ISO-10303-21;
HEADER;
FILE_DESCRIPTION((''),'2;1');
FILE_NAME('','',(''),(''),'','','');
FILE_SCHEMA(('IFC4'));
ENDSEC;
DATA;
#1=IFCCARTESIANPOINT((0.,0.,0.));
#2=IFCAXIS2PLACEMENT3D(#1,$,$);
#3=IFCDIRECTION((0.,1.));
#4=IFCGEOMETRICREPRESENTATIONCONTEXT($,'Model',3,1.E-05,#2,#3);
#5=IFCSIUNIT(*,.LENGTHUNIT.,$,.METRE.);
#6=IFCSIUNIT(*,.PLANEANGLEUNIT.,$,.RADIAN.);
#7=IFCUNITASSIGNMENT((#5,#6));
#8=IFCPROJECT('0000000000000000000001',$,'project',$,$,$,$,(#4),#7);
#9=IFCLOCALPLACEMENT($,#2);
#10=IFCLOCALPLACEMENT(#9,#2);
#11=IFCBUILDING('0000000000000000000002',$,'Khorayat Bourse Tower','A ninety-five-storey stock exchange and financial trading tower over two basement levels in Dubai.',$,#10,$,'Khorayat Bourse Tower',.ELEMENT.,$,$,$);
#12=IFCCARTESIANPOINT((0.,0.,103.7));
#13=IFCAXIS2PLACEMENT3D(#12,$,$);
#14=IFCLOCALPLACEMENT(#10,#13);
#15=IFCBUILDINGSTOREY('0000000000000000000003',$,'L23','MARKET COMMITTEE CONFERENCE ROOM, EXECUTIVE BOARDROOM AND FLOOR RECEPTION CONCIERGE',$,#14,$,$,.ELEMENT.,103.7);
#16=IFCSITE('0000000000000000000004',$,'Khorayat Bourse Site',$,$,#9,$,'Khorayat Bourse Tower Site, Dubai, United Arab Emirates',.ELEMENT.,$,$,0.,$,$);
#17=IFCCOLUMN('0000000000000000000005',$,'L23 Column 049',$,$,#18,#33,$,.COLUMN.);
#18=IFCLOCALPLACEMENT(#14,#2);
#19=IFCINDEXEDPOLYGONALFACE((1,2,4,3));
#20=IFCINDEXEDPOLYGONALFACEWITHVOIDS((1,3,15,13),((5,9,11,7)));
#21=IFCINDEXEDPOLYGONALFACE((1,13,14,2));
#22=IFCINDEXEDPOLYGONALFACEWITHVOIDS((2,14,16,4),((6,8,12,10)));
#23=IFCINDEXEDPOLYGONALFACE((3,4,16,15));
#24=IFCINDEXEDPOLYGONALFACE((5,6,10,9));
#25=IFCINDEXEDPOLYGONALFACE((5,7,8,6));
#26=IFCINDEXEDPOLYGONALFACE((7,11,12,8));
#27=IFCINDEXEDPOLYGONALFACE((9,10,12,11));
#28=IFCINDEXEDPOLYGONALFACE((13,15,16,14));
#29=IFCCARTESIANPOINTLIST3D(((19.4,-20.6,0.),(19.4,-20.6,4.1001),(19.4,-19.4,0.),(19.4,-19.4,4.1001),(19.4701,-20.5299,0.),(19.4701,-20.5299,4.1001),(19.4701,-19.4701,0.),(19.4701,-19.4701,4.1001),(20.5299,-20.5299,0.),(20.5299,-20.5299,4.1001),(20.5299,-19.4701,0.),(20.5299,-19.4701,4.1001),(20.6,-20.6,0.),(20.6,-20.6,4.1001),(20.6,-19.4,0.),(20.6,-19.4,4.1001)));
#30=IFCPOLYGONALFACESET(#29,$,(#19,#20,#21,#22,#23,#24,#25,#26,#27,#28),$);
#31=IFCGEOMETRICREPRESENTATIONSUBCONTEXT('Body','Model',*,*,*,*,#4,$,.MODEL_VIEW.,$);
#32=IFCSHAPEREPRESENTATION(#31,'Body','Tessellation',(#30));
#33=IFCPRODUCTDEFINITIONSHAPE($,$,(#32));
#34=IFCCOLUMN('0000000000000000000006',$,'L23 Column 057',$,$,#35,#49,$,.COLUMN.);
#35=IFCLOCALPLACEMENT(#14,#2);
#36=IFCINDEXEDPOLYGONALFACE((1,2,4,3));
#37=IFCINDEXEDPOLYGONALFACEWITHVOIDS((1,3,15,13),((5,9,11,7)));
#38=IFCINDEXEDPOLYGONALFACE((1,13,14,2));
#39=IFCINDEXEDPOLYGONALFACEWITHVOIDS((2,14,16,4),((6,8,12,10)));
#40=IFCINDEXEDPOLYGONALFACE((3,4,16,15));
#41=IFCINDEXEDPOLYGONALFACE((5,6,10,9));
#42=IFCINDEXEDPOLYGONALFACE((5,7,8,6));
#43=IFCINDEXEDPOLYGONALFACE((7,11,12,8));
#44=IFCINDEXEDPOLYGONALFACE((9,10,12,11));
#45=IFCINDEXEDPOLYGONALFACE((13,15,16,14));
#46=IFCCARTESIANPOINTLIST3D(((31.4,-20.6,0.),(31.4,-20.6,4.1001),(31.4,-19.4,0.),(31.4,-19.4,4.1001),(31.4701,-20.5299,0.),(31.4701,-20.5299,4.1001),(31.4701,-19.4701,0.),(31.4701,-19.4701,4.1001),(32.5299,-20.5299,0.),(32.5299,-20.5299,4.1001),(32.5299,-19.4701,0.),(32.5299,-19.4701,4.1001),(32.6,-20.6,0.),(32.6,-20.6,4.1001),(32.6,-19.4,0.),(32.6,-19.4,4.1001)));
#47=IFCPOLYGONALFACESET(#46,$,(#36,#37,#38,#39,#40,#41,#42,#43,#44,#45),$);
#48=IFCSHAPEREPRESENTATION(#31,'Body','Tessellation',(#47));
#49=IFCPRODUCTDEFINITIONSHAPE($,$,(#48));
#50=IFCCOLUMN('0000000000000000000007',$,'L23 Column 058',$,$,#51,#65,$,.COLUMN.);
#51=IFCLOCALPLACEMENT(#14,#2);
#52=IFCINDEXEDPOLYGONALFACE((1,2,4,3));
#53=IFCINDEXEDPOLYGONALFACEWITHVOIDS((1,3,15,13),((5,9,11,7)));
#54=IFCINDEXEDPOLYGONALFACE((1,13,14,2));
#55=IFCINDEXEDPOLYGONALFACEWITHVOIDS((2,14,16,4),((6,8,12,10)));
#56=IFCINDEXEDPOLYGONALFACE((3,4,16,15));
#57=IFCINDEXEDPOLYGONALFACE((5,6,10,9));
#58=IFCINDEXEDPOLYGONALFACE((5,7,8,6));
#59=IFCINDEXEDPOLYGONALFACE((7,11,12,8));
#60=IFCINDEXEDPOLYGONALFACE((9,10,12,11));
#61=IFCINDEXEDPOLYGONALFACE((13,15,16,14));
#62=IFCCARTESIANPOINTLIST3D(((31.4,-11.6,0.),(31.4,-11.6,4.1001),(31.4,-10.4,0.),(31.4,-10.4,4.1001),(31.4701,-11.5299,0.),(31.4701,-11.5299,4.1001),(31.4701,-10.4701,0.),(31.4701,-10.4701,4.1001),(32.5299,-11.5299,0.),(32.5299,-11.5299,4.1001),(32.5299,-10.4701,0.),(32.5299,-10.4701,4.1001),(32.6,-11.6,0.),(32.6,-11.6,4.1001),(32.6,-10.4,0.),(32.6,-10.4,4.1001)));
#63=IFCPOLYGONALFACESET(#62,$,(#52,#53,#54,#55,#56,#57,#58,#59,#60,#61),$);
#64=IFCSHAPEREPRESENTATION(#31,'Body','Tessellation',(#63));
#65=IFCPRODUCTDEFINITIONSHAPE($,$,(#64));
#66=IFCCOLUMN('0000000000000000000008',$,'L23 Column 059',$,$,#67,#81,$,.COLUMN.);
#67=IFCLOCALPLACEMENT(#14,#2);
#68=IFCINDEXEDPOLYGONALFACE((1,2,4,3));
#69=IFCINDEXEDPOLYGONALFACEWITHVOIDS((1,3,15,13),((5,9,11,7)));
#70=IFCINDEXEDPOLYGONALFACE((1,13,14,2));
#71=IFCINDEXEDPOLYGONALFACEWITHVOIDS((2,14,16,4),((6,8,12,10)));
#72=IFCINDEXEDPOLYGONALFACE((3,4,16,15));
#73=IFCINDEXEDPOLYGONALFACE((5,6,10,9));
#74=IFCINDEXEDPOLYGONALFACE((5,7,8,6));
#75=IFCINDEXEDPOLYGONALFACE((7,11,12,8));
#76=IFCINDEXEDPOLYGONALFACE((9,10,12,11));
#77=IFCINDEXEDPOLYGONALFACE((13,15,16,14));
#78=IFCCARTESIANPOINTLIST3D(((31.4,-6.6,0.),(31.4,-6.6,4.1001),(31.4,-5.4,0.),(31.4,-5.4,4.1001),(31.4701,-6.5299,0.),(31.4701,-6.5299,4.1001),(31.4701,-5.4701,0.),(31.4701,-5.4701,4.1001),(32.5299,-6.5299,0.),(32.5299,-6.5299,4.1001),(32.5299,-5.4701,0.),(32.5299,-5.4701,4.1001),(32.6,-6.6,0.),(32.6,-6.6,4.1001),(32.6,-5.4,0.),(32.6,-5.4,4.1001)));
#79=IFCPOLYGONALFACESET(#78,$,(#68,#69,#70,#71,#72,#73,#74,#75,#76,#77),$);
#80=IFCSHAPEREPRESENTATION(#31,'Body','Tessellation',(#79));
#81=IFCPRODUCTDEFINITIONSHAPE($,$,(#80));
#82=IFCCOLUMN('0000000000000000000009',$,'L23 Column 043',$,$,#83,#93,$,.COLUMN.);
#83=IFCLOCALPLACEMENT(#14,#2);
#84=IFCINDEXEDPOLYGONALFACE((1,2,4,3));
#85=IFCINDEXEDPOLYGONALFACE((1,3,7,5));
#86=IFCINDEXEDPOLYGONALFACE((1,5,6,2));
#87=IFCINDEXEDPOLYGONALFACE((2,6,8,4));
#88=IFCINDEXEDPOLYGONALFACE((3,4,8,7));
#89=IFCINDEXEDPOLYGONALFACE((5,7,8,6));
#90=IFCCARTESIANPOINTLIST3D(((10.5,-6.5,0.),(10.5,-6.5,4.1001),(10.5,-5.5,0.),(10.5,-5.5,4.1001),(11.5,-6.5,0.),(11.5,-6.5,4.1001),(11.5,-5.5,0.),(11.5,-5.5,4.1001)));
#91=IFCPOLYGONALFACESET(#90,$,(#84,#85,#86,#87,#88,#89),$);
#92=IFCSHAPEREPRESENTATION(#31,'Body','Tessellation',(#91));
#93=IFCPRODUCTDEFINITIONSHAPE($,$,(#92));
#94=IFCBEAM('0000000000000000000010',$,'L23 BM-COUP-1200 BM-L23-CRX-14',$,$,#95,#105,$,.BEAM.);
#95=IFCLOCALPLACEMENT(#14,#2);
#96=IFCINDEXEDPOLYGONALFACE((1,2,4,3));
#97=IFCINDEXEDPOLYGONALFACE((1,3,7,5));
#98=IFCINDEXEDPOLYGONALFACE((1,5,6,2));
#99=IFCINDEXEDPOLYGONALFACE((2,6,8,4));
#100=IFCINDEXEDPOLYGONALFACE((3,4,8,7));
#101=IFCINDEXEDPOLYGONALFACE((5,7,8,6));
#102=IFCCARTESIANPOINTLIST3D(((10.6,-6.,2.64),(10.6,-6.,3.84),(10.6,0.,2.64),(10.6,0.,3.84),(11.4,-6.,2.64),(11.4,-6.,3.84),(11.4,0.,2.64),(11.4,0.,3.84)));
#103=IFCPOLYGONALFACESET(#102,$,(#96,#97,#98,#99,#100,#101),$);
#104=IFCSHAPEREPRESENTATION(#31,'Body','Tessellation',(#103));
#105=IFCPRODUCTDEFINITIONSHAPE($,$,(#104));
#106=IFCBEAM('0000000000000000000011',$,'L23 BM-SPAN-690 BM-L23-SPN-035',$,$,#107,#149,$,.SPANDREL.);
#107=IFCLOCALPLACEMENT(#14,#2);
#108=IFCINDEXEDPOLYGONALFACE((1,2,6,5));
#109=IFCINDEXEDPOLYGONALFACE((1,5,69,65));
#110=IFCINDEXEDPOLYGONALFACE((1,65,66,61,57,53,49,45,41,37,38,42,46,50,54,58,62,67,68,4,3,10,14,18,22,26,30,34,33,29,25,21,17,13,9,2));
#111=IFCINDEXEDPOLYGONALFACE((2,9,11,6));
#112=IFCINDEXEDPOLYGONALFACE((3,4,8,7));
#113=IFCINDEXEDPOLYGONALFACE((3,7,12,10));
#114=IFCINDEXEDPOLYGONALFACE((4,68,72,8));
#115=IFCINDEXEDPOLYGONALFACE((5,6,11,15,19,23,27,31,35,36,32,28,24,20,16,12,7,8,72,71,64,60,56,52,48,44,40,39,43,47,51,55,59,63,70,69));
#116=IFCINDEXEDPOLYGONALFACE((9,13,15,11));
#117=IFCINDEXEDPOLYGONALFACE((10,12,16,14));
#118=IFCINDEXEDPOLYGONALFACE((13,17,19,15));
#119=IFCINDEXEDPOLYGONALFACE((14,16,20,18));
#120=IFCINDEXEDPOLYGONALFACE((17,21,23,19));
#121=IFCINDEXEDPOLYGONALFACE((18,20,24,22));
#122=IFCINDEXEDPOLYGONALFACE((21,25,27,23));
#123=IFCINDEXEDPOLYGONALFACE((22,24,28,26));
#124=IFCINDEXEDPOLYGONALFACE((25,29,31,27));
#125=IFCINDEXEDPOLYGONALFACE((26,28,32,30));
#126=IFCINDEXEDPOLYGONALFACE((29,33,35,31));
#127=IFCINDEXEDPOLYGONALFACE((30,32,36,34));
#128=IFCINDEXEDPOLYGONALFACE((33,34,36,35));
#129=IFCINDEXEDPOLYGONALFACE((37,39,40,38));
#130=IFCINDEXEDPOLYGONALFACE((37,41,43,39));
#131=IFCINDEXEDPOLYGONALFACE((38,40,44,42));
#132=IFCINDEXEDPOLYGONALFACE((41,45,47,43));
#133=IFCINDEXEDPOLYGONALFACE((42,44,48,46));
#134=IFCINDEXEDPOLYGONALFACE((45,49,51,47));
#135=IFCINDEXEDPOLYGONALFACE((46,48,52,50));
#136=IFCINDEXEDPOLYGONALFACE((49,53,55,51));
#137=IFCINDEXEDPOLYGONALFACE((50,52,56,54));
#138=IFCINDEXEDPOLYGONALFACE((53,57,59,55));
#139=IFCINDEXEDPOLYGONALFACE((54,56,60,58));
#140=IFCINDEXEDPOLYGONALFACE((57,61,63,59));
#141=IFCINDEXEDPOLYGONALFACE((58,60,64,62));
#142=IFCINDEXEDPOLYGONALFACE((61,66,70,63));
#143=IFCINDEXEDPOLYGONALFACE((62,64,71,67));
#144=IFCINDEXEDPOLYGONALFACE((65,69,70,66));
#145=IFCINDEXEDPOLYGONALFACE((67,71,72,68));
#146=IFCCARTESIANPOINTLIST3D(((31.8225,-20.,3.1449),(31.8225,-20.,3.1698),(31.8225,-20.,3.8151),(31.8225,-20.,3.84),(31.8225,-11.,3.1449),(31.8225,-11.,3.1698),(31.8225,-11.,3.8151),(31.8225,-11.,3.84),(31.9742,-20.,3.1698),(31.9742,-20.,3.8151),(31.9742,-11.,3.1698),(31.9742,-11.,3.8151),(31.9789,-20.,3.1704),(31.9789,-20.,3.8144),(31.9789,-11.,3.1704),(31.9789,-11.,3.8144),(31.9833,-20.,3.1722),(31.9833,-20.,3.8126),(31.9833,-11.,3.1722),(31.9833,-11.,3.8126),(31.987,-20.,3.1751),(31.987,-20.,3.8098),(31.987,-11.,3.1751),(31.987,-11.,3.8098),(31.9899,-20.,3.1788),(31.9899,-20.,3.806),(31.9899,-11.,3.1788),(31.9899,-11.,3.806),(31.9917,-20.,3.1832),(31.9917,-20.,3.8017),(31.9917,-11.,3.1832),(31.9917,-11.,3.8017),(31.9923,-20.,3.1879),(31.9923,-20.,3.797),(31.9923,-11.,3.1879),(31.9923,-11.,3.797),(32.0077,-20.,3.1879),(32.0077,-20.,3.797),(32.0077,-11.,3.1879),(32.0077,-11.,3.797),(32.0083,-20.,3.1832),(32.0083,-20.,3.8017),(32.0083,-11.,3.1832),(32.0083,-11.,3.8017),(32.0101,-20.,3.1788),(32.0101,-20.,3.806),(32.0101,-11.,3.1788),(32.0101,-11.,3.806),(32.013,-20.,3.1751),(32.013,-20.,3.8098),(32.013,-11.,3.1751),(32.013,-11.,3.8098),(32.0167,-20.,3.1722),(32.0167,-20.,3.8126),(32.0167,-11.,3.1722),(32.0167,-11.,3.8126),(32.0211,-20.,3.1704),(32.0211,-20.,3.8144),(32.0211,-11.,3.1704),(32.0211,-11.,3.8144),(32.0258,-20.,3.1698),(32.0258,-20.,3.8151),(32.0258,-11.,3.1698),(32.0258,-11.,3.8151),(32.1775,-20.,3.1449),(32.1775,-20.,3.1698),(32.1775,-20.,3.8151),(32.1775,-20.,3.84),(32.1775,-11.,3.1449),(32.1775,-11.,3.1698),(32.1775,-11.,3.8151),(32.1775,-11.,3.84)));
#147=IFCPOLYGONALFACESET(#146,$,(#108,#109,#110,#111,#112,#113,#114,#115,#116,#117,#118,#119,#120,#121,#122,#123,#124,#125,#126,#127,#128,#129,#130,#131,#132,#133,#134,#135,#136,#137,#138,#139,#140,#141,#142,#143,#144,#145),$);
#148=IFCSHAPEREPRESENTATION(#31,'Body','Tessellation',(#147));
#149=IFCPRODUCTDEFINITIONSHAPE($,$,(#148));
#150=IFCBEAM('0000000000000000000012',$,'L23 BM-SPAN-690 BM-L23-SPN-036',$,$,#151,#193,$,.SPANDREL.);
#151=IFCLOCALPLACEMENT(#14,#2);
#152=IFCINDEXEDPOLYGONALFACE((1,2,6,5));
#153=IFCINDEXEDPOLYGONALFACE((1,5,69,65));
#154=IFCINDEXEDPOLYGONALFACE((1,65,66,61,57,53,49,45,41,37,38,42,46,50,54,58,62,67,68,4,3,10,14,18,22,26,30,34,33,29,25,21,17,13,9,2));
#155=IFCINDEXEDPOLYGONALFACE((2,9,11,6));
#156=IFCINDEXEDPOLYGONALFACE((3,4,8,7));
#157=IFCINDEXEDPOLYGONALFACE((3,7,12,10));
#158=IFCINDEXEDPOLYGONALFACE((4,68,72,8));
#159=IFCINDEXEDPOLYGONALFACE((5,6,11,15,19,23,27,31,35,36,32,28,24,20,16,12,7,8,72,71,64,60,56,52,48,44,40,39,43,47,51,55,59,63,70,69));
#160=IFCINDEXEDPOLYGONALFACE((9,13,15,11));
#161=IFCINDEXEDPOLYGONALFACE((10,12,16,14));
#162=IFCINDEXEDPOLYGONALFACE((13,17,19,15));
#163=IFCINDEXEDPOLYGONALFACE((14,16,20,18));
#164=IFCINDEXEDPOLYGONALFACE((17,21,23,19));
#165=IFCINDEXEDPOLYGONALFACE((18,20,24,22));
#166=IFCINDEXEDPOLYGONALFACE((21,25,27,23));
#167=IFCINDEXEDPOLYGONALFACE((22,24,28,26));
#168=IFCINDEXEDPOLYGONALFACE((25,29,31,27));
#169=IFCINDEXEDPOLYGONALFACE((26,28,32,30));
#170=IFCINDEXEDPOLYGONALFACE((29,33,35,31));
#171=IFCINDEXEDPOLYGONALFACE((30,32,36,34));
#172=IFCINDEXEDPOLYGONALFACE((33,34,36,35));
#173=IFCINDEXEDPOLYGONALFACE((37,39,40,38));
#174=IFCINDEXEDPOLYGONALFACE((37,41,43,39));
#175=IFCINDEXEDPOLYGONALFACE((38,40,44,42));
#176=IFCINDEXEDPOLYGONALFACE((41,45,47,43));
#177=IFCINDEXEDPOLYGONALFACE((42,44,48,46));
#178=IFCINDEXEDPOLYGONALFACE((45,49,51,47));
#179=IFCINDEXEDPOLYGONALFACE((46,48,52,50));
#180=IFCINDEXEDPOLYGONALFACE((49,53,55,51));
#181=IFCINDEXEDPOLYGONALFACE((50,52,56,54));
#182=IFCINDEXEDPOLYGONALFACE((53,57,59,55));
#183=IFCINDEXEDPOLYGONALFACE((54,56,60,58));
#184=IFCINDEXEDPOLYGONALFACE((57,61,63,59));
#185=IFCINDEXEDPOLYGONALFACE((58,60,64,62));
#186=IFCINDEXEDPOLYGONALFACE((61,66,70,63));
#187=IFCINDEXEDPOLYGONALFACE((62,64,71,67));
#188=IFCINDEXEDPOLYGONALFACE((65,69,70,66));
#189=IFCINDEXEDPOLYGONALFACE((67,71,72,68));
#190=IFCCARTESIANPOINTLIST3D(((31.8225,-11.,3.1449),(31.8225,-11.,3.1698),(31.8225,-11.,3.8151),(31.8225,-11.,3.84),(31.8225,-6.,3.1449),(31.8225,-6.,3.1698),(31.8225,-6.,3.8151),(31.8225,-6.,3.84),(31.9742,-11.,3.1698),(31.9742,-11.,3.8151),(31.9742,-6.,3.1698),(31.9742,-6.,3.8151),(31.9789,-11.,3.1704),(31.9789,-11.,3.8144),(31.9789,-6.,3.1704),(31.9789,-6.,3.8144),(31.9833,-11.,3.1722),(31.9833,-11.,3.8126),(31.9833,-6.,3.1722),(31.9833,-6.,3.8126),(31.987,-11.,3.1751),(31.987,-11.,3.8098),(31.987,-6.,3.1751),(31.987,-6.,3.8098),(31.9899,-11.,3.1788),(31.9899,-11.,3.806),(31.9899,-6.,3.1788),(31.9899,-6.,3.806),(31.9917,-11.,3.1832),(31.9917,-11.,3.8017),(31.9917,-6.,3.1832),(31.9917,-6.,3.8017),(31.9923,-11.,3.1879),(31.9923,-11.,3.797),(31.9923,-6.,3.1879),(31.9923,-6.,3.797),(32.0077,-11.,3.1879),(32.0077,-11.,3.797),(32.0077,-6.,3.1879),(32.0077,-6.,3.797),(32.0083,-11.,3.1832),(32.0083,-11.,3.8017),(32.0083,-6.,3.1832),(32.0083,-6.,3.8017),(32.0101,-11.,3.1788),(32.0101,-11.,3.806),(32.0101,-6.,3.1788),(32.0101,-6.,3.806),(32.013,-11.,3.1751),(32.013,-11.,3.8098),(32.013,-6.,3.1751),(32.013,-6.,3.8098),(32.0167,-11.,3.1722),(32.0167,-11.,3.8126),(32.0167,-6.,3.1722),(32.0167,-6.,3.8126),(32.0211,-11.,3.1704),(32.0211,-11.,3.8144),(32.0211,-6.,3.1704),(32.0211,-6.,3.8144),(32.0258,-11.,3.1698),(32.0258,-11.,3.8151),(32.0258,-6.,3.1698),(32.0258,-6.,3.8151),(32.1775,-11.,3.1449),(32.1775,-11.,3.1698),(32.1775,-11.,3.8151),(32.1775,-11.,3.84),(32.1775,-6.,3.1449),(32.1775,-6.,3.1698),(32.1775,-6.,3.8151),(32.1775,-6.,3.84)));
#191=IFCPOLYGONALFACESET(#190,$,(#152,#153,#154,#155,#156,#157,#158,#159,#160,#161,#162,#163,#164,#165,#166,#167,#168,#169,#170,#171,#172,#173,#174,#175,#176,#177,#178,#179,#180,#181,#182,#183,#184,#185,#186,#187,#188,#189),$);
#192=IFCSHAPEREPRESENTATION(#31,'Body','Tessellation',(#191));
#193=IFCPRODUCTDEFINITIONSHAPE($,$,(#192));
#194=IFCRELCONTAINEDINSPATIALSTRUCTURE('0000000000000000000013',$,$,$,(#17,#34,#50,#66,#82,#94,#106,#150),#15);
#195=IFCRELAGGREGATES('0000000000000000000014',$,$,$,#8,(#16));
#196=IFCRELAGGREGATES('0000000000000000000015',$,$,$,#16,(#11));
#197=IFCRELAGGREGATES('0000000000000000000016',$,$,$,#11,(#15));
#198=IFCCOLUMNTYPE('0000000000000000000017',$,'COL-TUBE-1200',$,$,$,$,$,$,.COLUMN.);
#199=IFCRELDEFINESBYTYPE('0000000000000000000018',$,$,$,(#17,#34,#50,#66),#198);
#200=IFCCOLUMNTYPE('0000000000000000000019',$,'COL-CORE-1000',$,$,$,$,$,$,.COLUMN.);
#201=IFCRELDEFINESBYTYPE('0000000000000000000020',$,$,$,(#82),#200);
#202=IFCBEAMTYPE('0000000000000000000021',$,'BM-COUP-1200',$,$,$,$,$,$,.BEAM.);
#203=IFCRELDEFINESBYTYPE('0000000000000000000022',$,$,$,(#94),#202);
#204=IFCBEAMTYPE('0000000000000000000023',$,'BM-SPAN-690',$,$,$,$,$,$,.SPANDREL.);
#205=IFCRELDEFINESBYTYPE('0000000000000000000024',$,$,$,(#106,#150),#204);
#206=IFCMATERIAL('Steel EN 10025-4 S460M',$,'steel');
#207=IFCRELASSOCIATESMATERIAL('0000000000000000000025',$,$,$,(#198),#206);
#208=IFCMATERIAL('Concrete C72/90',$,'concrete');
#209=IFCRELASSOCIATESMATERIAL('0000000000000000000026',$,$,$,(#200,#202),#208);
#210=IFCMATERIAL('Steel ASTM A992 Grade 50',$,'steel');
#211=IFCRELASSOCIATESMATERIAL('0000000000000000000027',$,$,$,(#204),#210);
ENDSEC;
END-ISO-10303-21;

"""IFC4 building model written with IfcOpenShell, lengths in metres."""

from ifc_helpers import new_model, si_unit, direction, frame, origin, origin_2d, place, context, subcontext, project, spatial, rectangle, hollow_rectangle, i_section, extrude, source, transform, mapped, material, material_profile, profile_set, type_object, element, save


model = new_model("IFC4")

# Units and contexts
model_context = context("Model", 3, precision=1e-05, world=origin(), true_north=direction((0.0, 1.0)))
body_context = subcontext(model_context, "Body", "Model", "MODEL_VIEW")
ifc_project = project(units=[si_unit("LENGTHUNIT", "METRE"), si_unit("PLANEANGLEUNIT", "RADIAN")], contexts=[model_context])

# Site, building, storey
site_placement = place(None, origin())
site = spatial("IfcSite", under=ifc_project, at=site_placement, Name="Khorayat Bourse Site", LongName="Khorayat Bourse Tower Site, Dubai, United Arab Emirates", CompositionType="ELEMENT", RefElevation=0.0)
building_placement = place(site_placement, origin())
building = spatial("IfcBuilding", under=site, at=building_placement, Name="Khorayat Bourse Tower", Description="A ninety-five-storey stock exchange and financial trading tower over two basement levels in Dubai.", LongName="Khorayat Bourse Tower", CompositionType="ELEMENT")
storey_placement = place(building_placement, frame((0.0, 0.0, 103.7)))
storey = spatial("IfcBuildingStorey", under=building, at=storey_placement, Name="L23", Description="MARKET COMMITTEE CONFERENCE ROOM, EXECUTIVE BOARDROOM AND FLOOR RECEPTION CONCIERGE", CompositionType="ELEMENT", Elevation=103.7)

# Columns
ifc_material_1 = material(Name="Steel EN 10025-4 S460M", Category="steel")
ifc_material_profile_1 = material_profile(ifc_material_1, hollow_rectangle(XDim=1.2, YDim=1.2, WallThickness=0.0701, at=origin_2d()), Name="BOX 1200x1200x70")
ifc_profile_set_1 = profile_set([ifc_material_profile_1], Name="Steel EN 10025-4 S460M")
column_type_1 = type_object("IfcColumnType", Name="COL-TUBE-1200", PredefinedType="COLUMN", material=ifc_profile_set_1)
shared_shape_1 = source(origin(), body_context, "Body", "SweptSolid", [
    extrude(hollow_rectangle(XDim=1.2, YDim=1.2, WallThickness=0.0701, at=origin_2d()), origin(), (0.0, 0.0, 1.0), 4.1001),
])
for number, where, z_axis, x_axis, name in (
    (1, (20.0, -20.0, 0.0), (0.0, 0.0, 1.0), (1.0, 0.0, 0.0), "L23 Column 049"),
    (2, (32.0, -20.0, 0.0), (0.0, 0.0, 1.0), (1.0, 0.0, 0.0), "L23 Column 057"),
    (3, (32.0, -11.0, 0.0), (0.0, 0.0, 1.0), (1.0, 0.0, 0.0), "L23 Column 058"),
    (4, (32.0, -6.0, 0.0), (0.0, 0.0, 1.0), (1.0, 0.0, 0.0), "L23 Column 059"),
):
    element("IfcColumn", number, at=place(storey_placement, frame(where, z_axis=z_axis, x_axis=x_axis)), inside=storey, type_object=column_type_1, Name=name, PredefinedType="COLUMN", context=body_context, shape_type="MappedRepresentation", body=[
        mapped(shared_shape_1, transform((0.0, 0.0, 0.0), scale=1.0)),
    ])
ifc_material_2 = material(Name="Concrete C72/90", Category="concrete")
ifc_material_profile_2 = material_profile(ifc_material_2, rectangle(XDim=1.0, YDim=1.0, at=origin_2d()), Name="RC 1000x1000")
ifc_profile_set_2 = profile_set([ifc_material_profile_2], Name="Concrete C72/90")
column_type_2 = type_object("IfcColumnType", Name="COL-CORE-1000", PredefinedType="COLUMN", material=ifc_profile_set_2)
shared_shape_2 = source(origin(), body_context, "Body", "SweptSolid", [
    extrude(rectangle(XDim=1.0, YDim=1.0, at=origin_2d()), origin(), (0.0, 0.0, 1.0), 4.1001),
])
column_placement = place(storey_placement, frame((11.0, -6.0, 0.0), z_axis=(0.0, 0.0, 1.0), x_axis=(1.0, 0.0, 0.0)))
element("IfcColumn", 5, at=column_placement, inside=storey, type_object=column_type_2, Name="L23 Column 043", PredefinedType="COLUMN", context=body_context, shape_type="MappedRepresentation", body=[
    mapped(shared_shape_2, transform((0.0, 0.0, 0.0), scale=1.0)),
])

# Beams
ifc_material_profile_3 = material_profile(ifc_material_2, rectangle(XDim=0.8, YDim=1.2, at=origin_2d()), Name="RC 800x1200")
ifc_profile_set_3 = profile_set([ifc_material_profile_3], Name="Concrete C72/90")
beam_type_1 = type_object("IfcBeamType", Name="BM-COUP-1200", PredefinedType="BEAM", material=ifc_profile_set_3)
shared_shape_3 = source(origin(), body_context, "Body", "SweptSolid", [
    extrude(rectangle(XDim=0.8, YDim=1.2, at=origin_2d()), origin(), (0.0, 0.0, 1.0), 6.0),
])
beam_1_placement = place(storey_placement, frame((11.0, -6.0, 3.24), z_axis=(0.0, 1.0, 0.0), x_axis=(-1.0, 0.0, 0.0)))
element("IfcBeam", 6, at=beam_1_placement, inside=storey, type_object=beam_type_1, Name="L23 BM-COUP-1200 BM-L23-CRX-14", PredefinedType="BEAM", context=body_context, shape_type="MappedRepresentation", body=[
    mapped(shared_shape_3, transform((0.0, 0.0, 0.0), scale=1.0)),
])
ifc_material_3 = material(Name="Steel ASTM A992 Grade 50", Category="steel")
ifc_material_profile_4 = material_profile(ifc_material_3, i_section(OverallWidth=0.355, OverallDepth=0.6951, WebThickness=0.0154, FlangeThickness=0.0249, FilletRadius=0.0181, at=origin_2d()), Name="W690X217")
ifc_profile_set_4 = profile_set([ifc_material_profile_4], Name="Steel ASTM A992 Grade 50")
beam_type_2 = type_object("IfcBeamType", Name="BM-SPAN-690", PredefinedType="SPANDREL", material=ifc_profile_set_4)
shared_shape_4 = source(origin(), body_context, "Body", "SweptSolid", [
    extrude(i_section(OverallWidth=0.355, OverallDepth=0.6951, WebThickness=0.0154, FlangeThickness=0.0249, FilletRadius=0.0181, at=origin_2d()), origin(), (0.0, 0.0, 1.0), 9.0),
])
beam_2_placement = place(storey_placement, frame((32.0, -20.0, 3.4924), z_axis=(0.0, 1.0, 0.0), x_axis=(-1.0, 0.0, 0.0)))
element("IfcBeam", 7, at=beam_2_placement, inside=storey, type_object=beam_type_2, Name="L23 BM-SPAN-690 BM-L23-SPN-035", PredefinedType="SPANDREL", context=body_context, shape_type="MappedRepresentation", body=[
    mapped(shared_shape_4, transform((0.0, 0.0, 0.0), scale=1.0)),
])
shared_shape_5 = source(origin(), body_context, "Body", "SweptSolid", [
    extrude(i_section(OverallWidth=0.355, OverallDepth=0.6951, WebThickness=0.0154, FlangeThickness=0.0249, FilletRadius=0.0181, at=origin_2d()), origin(), (0.0, 0.0, 1.0), 5.0),
])
beam_3_placement = place(storey_placement, frame((32.0, -11.0, 3.4924), z_axis=(0.0, 1.0, 0.0), x_axis=(-1.0, 0.0, 0.0)))
element("IfcBeam", 8, at=beam_3_placement, inside=storey, type_object=beam_type_2, Name="L23 BM-SPAN-690 BM-L23-SPN-036", PredefinedType="SPANDREL", context=body_context, shape_type="MappedRepresentation", body=[
    mapped(shared_shape_5, transform((0.0, 0.0, 0.0), scale=1.0)),
])

save(model, "model.ifc")
